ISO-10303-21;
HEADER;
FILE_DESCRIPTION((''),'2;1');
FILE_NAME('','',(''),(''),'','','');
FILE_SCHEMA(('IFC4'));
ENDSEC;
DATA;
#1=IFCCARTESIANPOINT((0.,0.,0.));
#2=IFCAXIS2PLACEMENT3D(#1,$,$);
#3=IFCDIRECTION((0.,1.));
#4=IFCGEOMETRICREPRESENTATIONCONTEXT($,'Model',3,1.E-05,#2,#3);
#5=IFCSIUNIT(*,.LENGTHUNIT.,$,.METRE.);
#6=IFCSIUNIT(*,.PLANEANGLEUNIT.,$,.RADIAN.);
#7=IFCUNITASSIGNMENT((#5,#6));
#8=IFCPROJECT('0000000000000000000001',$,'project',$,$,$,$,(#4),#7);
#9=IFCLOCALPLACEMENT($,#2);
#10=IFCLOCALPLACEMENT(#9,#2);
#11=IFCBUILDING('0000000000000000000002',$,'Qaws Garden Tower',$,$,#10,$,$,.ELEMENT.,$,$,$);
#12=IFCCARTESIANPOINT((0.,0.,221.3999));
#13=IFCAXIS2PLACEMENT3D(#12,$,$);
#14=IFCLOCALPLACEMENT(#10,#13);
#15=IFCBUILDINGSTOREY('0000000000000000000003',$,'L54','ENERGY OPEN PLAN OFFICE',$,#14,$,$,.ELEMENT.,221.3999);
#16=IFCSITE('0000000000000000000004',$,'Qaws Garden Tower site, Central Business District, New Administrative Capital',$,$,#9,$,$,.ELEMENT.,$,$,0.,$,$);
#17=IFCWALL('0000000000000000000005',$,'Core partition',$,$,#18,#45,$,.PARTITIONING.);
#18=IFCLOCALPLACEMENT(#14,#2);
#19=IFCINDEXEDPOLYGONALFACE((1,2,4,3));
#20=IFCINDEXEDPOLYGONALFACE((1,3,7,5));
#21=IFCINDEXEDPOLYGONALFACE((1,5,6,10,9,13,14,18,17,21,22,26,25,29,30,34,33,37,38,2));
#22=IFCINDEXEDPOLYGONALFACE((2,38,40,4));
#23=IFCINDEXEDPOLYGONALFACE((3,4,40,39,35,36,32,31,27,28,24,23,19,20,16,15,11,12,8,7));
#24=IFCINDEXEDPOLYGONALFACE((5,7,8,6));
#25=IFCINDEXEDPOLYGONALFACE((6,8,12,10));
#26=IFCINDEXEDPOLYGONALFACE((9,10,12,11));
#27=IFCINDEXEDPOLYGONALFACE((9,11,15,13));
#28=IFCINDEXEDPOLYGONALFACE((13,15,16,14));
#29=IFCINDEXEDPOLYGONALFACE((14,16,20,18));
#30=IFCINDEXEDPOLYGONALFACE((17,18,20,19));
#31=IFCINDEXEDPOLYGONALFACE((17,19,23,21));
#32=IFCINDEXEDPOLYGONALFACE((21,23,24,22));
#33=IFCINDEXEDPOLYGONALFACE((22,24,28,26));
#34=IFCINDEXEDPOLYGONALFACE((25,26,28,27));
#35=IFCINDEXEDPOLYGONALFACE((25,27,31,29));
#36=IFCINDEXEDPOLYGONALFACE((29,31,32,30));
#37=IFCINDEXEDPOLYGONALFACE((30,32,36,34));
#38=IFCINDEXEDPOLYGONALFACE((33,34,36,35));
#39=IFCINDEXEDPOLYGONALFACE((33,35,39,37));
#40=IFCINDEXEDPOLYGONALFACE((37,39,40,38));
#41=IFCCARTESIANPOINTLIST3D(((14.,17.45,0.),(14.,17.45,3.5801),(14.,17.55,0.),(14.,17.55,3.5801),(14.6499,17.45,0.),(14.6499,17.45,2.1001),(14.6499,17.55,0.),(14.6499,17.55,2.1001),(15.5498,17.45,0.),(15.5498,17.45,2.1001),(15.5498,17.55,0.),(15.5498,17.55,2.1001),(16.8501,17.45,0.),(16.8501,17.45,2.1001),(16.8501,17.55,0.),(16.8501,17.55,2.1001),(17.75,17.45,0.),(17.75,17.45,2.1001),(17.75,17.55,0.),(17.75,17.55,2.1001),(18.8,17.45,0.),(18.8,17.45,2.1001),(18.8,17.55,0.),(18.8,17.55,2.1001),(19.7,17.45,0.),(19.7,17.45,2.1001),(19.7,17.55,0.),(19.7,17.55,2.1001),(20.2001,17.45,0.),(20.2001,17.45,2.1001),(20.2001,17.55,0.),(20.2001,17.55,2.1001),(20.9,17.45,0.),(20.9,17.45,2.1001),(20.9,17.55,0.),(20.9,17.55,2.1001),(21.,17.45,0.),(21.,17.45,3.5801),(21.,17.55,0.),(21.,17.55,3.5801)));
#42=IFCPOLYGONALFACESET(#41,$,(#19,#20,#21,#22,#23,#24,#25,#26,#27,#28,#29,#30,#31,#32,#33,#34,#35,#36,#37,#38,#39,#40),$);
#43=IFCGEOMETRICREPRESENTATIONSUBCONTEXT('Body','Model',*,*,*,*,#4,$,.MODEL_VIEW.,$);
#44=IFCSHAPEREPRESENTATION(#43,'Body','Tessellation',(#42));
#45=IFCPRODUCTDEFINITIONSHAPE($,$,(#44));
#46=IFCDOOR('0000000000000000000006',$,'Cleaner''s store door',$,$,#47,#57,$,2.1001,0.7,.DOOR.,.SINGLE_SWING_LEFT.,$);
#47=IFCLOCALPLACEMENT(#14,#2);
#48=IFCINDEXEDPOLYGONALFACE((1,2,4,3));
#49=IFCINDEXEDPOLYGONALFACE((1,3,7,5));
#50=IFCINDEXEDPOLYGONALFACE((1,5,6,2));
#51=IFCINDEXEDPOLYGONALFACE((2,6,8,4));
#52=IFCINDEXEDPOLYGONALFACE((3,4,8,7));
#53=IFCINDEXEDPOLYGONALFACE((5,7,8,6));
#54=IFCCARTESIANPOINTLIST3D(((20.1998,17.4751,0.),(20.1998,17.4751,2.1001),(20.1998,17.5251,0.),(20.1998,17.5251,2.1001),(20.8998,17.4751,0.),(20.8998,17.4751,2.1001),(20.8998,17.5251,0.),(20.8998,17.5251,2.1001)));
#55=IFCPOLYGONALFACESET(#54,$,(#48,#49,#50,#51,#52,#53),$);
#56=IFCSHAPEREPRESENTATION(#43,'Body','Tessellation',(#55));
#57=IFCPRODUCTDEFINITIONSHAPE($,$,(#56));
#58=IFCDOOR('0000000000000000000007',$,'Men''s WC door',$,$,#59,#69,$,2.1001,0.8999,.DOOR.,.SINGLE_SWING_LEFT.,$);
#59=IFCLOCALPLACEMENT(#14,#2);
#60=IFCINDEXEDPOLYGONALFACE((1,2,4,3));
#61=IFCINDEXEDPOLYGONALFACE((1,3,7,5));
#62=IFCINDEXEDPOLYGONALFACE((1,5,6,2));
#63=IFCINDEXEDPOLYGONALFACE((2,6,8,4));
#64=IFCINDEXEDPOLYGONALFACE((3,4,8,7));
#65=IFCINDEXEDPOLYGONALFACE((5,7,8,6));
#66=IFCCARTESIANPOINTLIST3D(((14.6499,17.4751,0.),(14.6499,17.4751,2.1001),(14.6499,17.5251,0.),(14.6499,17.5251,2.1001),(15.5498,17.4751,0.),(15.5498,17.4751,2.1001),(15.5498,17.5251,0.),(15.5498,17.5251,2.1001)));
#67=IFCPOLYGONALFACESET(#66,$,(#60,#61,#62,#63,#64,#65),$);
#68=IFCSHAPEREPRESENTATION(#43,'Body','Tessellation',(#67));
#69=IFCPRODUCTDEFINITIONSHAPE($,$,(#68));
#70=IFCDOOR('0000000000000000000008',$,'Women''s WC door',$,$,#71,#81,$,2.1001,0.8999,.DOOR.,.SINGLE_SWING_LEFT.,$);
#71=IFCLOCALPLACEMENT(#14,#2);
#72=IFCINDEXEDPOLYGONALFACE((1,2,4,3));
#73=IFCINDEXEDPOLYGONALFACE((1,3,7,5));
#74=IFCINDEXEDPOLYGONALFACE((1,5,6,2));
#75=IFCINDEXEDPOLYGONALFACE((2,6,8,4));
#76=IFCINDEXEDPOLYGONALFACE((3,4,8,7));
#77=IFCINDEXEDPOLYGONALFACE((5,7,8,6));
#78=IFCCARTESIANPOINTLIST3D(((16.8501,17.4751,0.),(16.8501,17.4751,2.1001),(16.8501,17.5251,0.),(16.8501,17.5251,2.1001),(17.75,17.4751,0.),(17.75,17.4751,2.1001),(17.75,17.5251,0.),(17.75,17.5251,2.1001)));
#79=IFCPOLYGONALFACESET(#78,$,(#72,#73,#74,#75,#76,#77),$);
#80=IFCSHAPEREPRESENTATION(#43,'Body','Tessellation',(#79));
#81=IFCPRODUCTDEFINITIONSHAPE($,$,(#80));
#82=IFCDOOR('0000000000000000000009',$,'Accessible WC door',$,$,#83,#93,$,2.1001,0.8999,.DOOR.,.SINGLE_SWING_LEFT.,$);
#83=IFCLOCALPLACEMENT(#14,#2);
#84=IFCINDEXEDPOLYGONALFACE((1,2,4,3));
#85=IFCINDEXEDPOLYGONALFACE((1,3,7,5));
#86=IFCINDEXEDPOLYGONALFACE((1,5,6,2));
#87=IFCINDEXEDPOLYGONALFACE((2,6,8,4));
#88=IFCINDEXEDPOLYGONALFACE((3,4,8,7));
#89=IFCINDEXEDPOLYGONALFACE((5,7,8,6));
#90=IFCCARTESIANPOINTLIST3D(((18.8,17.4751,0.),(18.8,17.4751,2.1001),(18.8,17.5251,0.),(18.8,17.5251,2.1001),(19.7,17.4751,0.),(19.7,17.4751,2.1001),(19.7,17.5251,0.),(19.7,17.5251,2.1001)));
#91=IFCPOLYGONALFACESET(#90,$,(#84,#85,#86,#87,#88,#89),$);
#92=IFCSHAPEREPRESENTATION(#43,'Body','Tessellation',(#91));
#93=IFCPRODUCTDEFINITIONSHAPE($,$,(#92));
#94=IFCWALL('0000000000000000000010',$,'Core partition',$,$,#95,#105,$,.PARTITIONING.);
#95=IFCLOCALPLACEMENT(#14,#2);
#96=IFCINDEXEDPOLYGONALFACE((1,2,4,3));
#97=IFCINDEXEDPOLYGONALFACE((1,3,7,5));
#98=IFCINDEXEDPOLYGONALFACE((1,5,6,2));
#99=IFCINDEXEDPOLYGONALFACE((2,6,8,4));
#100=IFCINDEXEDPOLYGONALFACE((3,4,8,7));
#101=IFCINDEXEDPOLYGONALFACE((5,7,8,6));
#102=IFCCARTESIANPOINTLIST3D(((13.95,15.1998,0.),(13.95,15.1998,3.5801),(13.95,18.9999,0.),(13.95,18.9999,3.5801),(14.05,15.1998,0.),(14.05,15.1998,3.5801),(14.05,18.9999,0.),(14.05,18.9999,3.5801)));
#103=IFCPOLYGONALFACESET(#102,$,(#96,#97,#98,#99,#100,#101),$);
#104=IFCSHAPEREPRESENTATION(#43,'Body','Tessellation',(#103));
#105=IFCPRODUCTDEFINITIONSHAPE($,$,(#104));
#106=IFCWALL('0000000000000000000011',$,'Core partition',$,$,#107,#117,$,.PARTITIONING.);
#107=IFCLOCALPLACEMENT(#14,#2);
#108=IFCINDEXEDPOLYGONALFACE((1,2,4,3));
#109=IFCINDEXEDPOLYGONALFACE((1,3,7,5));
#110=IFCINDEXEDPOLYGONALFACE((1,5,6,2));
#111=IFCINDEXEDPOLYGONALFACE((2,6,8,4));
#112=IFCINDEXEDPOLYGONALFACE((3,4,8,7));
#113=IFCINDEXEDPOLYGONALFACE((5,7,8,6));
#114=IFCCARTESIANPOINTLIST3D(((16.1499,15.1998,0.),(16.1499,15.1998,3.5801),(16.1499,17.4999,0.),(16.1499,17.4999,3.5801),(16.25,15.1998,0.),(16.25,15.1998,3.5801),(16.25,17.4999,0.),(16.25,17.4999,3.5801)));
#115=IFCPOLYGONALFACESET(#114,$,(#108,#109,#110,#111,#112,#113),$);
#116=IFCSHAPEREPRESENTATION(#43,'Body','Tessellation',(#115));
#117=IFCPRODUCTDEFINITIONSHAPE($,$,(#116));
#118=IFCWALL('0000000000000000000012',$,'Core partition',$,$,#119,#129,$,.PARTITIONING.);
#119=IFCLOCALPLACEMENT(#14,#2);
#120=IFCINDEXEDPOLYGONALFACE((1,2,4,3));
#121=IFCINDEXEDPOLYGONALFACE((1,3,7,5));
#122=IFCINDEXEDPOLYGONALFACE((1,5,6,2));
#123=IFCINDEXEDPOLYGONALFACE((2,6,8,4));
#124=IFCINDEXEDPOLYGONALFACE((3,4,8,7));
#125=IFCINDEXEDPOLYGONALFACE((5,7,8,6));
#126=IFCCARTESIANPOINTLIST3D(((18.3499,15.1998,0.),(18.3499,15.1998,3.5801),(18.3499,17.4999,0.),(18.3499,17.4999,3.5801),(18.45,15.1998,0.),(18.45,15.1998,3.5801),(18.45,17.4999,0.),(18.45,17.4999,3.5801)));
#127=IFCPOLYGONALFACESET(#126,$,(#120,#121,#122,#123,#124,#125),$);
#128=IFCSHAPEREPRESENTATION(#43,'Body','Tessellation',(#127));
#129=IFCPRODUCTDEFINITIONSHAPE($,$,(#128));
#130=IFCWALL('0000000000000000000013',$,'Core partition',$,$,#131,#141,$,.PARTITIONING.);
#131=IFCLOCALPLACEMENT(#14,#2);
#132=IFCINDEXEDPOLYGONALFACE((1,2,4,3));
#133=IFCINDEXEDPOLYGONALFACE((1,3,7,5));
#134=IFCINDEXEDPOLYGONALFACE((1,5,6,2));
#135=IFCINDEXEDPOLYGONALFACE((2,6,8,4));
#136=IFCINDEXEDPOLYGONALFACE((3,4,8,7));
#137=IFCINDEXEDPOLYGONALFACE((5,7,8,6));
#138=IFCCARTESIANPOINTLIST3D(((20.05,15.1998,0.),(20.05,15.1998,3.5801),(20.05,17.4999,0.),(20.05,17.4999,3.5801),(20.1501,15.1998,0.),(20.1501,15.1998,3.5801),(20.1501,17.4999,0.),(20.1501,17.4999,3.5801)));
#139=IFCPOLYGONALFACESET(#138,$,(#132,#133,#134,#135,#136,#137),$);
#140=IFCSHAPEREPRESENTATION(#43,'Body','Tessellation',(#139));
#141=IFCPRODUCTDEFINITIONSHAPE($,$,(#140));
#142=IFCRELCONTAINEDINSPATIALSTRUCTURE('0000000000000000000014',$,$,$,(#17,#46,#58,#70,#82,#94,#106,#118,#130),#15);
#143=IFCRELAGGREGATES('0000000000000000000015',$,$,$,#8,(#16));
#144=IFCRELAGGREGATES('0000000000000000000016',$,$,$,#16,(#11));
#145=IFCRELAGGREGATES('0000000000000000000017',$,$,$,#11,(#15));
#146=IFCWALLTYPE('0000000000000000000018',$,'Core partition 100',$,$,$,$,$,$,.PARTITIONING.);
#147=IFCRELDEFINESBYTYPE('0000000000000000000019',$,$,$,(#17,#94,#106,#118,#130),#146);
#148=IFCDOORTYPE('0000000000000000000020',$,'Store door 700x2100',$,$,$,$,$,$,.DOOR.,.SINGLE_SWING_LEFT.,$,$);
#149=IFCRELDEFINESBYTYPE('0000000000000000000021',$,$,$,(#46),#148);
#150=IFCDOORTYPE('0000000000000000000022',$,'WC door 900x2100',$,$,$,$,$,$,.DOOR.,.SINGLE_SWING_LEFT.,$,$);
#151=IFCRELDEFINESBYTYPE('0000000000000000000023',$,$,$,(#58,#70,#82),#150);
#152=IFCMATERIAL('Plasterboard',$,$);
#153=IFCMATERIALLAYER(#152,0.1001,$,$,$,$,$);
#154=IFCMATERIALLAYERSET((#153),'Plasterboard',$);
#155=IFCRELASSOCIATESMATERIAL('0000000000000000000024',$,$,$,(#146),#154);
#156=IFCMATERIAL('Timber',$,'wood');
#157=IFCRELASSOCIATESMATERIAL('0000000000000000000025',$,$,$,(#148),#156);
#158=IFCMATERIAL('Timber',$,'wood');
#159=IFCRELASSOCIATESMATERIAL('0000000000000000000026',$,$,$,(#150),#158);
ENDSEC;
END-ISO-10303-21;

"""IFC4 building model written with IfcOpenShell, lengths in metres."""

from ifc_helpers import new_model, si_unit, direction, frame, frame_2d, origin, place, context, subcontext, project, spatial, rectangle, extrude, material, layer, layer_set, type_object, element, fill, save


model = new_model("IFC4")

# Units and contexts
model_context = context("Model", 3, precision=1e-05, world=origin(), true_north=direction((0.0, 1.0)))
body_context = subcontext(model_context, "Body", "Model", "MODEL_VIEW")
ifc_project = project(units=[si_unit("LENGTHUNIT", "METRE"), si_unit("PLANEANGLEUNIT", "RADIAN")], contexts=[model_context])

# Site, building, storey
site_placement = place(None, origin())
site = spatial("IfcSite", under=ifc_project, at=site_placement, Name="Qaws Garden Tower site, Central Business District, New Administrative Capital", CompositionType="ELEMENT", RefElevation=0.0)
building_placement = place(site_placement, origin())
building = spatial("IfcBuilding", under=site, at=building_placement, Name="Qaws Garden Tower", CompositionType="ELEMENT")
storey_placement = place(building_placement, frame((0.0, 0.0, 221.3999)))
storey = spatial("IfcBuildingStorey", under=building, at=storey_placement, Name="L54", Description="ENERGY OPEN PLAN OFFICE", CompositionType="ELEMENT", Elevation=221.3999)

# Wall, openings, doors
ifc_material_1 = material(Name="Plasterboard")
ifc_layer_1 = layer(ifc_material_1, 0.1001)
ifc_layer_set_1 = layer_set([ifc_layer_1], Name="Plasterboard")
wall_type_1 = type_object("IfcWallType", Name="Core partition 100", PredefinedType="PARTITIONING", material=ifc_layer_set_1)
wall_1_placement = place(storey_placement, frame((14.0, 17.5, 0.0), z_axis=(0.0, 0.0, 1.0), x_axis=(1.0, 0.0, 0.0)))
wall_1 = element("IfcWall", 1, at=wall_1_placement, inside=storey, type_object=wall_type_1, Name="Core partition", PredefinedType="PARTITIONING", context=body_context, shape_type="SweptSolid", body=[
    extrude(rectangle(XDim=7.0, YDim=0.1001, at=frame_2d((3.5, 0.0))), origin(), (0.0, 0.0, 1.0), 3.5801),
])
opening_1_placement = place(wall_1_placement, frame((0.6499, 0.0, 0.0)))
opening_1 = element("IfcOpeningElement", 2, at=opening_1_placement, cuts=wall_1, PredefinedType="OPENING", context=body_context, shape_type="SweptSolid", body=[
    extrude(rectangle(XDim=0.8999, YDim=2.1001, at=frame_2d((0.45, 1.05))), frame((0.0, 0.0601, 0.0), z_axis=(0.0, -1.0, 0.0), x_axis=(1.0, 0.0, 0.0)), (0.0, 0.0, 1.0), 0.1201),
])
opening_2_placement = place(wall_1_placement, frame((2.8501, 0.0, 0.0)))
opening_2 = element("IfcOpeningElement", 3, at=opening_2_placement, cuts=wall_1, PredefinedType="OPENING", context=body_context, shape_type="SweptSolid", body=[
    extrude(rectangle(XDim=0.8999, YDim=2.1001, at=frame_2d((0.45, 1.05))), frame((0.0, 0.0601, 0.0), z_axis=(0.0, -1.0, 0.0), x_axis=(1.0, 0.0, 0.0)), (0.0, 0.0, 1.0), 0.1201),
])
opening_3_placement = place(wall_1_placement, frame((4.8, 0.0, 0.0)))
opening_3 = element("IfcOpeningElement", 4, at=opening_3_placement, cuts=wall_1, PredefinedType="OPENING", context=body_context, shape_type="SweptSolid", body=[
    extrude(rectangle(XDim=0.8999, YDim=2.1001, at=frame_2d((0.45, 1.05))), frame((0.0, 0.0601, 0.0), z_axis=(0.0, -1.0, 0.0), x_axis=(1.0, 0.0, 0.0)), (0.0, 0.0, 1.0), 0.1201),
])
opening_4_placement = place(wall_1_placement, frame((6.2, 0.0, 0.0)))
opening_4 = element("IfcOpeningElement", 5, at=opening_4_placement, cuts=wall_1, PredefinedType="OPENING", context=body_context, shape_type="SweptSolid", body=[
    extrude(rectangle(XDim=0.7, YDim=2.1001, at=frame_2d((0.3501, 1.05))), frame((0.0, 0.0601, 0.0), z_axis=(0.0, -1.0, 0.0), x_axis=(1.0, 0.0, 0.0)), (0.0, 0.0, 1.0), 0.1201),
])
ifc_material_2 = material(Name="Timber", Category="wood")
door_type_1 = type_object("IfcDoorType", Name="Store door 700x2100", OperationType="SINGLE_SWING_LEFT", PredefinedType="DOOR", material=ifc_material_2)
door_1_placement = place(opening_4_placement, frame((0.7, 0.0, 0.0), z_axis=(0.0, 0.0, 1.0), x_axis=(-1.0, 0.0, 0.0)))
door_1 = element("IfcDoor", 6, at=door_1_placement, inside=storey, type_object=door_type_1, Name="Cleaner's store door", OperationType="SINGLE_SWING_LEFT", OverallHeight=2.1001, OverallWidth=0.7, PredefinedType="DOOR", context=body_context, shape_type="SweptSolid", body=[
    extrude(rectangle(XDim=0.7, YDim=2.1001, at=frame_2d((0.3501, 1.05))), frame((0.0, 0.0249, 0.0), z_axis=(0.0, -1.0, 0.0), x_axis=(1.0, 0.0, 0.0)), (0.0, 0.0, 1.0), 0.05),
])
fill(opening_4, door_1)
ifc_material_3 = material(Name="Timber", Category="wood")
door_type_2 = type_object("IfcDoorType", Name="WC door 900x2100", OperationType="SINGLE_SWING_LEFT", PredefinedType="DOOR", material=ifc_material_3)
door_2_placement = place(opening_1_placement, frame((0.8999, 0.0, 0.0), z_axis=(0.0, 0.0, 1.0), x_axis=(-1.0, 0.0, 0.0)))
door_2 = element("IfcDoor", 7, at=door_2_placement, inside=storey, type_object=door_type_2, Name="Men's WC door", OperationType="SINGLE_SWING_LEFT", OverallHeight=2.1001, OverallWidth=0.8999, PredefinedType="DOOR", context=body_context, shape_type="SweptSolid", body=[
    extrude(rectangle(XDim=0.8999, YDim=2.1001, at=frame_2d((0.45, 1.05))), frame((0.0, 0.0249, 0.0), z_axis=(0.0, -1.0, 0.0), x_axis=(1.0, 0.0, 0.0)), (0.0, 0.0, 1.0), 0.05),
])
fill(opening_1, door_2)
door_3_placement = place(opening_2_placement, frame((0.8999, 0.0, 0.0), z_axis=(0.0, 0.0, 1.0), x_axis=(-1.0, 0.0, 0.0)))
door_3 = element("IfcDoor", 8, at=door_3_placement, inside=storey, type_object=door_type_2, Name="Women's WC door", OperationType="SINGLE_SWING_LEFT", OverallHeight=2.1001, OverallWidth=0.8999, PredefinedType="DOOR", context=body_context, shape_type="SweptSolid", body=[
    extrude(rectangle(XDim=0.8999, YDim=2.1001, at=frame_2d((0.45, 1.05))), frame((0.0, 0.0249, 0.0), z_axis=(0.0, -1.0, 0.0), x_axis=(1.0, 0.0, 0.0)), (0.0, 0.0, 1.0), 0.05),
])
fill(opening_2, door_3)
door_4_placement = place(opening_3_placement, frame((0.8999, 0.0, 0.0), z_axis=(0.0, 0.0, 1.0), x_axis=(-1.0, 0.0, 0.0)))
door_4 = element("IfcDoor", 9, at=door_4_placement, inside=storey, type_object=door_type_2, Name="Accessible WC door", OperationType="SINGLE_SWING_LEFT", OverallHeight=2.1001, OverallWidth=0.8999, PredefinedType="DOOR", context=body_context, shape_type="SweptSolid", body=[
    extrude(rectangle(XDim=0.8999, YDim=2.1001, at=frame_2d((0.45, 1.05))), frame((0.0, 0.0249, 0.0), z_axis=(0.0, -1.0, 0.0), x_axis=(1.0, 0.0, 0.0)), (0.0, 0.0, 1.0), 0.05),
])
fill(opening_3, door_4)

# Walls
wall_2_placement = place(storey_placement, frame((14.0, 15.2, 0.0), z_axis=(0.0, 0.0, 1.0), x_axis=(0.0, 1.0, 0.0)))
element("IfcWall", 10, at=wall_2_placement, inside=storey, type_object=wall_type_1, Name="Core partition", PredefinedType="PARTITIONING", context=body_context, shape_type="SweptSolid", body=[
    extrude(rectangle(XDim=3.8, YDim=0.1001, at=frame_2d((1.8999, 0.0))), origin(), (0.0, 0.0, 1.0), 3.5801),
])
for number, where, z_axis, x_axis, name in (
    (11, (16.2, 15.2, 0.0), (0.0, 0.0, 1.0), (0.0, 1.0, 0.0), "Core partition"),
    (12, (18.3999, 15.2, 0.0), (0.0, 0.0, 1.0), (0.0, 1.0, 0.0), "Core partition"),
    (13, (20.1001, 15.2, 0.0), (0.0, 0.0, 1.0), (0.0, 1.0, 0.0), "Core partition"),
):
    element("IfcWall", number, at=place(storey_placement, frame(where, z_axis=z_axis, x_axis=x_axis)), inside=storey, type_object=wall_type_1, Name=name, PredefinedType="PARTITIONING", context=body_context, shape_type="SweptSolid", body=[
        extrude(rectangle(XDim=2.3, YDim=0.1001, at=frame_2d((1.1499, 0.0))), origin(), (0.0, 0.0, 1.0), 3.5801),
    ])

save(model, "model.ifc")
